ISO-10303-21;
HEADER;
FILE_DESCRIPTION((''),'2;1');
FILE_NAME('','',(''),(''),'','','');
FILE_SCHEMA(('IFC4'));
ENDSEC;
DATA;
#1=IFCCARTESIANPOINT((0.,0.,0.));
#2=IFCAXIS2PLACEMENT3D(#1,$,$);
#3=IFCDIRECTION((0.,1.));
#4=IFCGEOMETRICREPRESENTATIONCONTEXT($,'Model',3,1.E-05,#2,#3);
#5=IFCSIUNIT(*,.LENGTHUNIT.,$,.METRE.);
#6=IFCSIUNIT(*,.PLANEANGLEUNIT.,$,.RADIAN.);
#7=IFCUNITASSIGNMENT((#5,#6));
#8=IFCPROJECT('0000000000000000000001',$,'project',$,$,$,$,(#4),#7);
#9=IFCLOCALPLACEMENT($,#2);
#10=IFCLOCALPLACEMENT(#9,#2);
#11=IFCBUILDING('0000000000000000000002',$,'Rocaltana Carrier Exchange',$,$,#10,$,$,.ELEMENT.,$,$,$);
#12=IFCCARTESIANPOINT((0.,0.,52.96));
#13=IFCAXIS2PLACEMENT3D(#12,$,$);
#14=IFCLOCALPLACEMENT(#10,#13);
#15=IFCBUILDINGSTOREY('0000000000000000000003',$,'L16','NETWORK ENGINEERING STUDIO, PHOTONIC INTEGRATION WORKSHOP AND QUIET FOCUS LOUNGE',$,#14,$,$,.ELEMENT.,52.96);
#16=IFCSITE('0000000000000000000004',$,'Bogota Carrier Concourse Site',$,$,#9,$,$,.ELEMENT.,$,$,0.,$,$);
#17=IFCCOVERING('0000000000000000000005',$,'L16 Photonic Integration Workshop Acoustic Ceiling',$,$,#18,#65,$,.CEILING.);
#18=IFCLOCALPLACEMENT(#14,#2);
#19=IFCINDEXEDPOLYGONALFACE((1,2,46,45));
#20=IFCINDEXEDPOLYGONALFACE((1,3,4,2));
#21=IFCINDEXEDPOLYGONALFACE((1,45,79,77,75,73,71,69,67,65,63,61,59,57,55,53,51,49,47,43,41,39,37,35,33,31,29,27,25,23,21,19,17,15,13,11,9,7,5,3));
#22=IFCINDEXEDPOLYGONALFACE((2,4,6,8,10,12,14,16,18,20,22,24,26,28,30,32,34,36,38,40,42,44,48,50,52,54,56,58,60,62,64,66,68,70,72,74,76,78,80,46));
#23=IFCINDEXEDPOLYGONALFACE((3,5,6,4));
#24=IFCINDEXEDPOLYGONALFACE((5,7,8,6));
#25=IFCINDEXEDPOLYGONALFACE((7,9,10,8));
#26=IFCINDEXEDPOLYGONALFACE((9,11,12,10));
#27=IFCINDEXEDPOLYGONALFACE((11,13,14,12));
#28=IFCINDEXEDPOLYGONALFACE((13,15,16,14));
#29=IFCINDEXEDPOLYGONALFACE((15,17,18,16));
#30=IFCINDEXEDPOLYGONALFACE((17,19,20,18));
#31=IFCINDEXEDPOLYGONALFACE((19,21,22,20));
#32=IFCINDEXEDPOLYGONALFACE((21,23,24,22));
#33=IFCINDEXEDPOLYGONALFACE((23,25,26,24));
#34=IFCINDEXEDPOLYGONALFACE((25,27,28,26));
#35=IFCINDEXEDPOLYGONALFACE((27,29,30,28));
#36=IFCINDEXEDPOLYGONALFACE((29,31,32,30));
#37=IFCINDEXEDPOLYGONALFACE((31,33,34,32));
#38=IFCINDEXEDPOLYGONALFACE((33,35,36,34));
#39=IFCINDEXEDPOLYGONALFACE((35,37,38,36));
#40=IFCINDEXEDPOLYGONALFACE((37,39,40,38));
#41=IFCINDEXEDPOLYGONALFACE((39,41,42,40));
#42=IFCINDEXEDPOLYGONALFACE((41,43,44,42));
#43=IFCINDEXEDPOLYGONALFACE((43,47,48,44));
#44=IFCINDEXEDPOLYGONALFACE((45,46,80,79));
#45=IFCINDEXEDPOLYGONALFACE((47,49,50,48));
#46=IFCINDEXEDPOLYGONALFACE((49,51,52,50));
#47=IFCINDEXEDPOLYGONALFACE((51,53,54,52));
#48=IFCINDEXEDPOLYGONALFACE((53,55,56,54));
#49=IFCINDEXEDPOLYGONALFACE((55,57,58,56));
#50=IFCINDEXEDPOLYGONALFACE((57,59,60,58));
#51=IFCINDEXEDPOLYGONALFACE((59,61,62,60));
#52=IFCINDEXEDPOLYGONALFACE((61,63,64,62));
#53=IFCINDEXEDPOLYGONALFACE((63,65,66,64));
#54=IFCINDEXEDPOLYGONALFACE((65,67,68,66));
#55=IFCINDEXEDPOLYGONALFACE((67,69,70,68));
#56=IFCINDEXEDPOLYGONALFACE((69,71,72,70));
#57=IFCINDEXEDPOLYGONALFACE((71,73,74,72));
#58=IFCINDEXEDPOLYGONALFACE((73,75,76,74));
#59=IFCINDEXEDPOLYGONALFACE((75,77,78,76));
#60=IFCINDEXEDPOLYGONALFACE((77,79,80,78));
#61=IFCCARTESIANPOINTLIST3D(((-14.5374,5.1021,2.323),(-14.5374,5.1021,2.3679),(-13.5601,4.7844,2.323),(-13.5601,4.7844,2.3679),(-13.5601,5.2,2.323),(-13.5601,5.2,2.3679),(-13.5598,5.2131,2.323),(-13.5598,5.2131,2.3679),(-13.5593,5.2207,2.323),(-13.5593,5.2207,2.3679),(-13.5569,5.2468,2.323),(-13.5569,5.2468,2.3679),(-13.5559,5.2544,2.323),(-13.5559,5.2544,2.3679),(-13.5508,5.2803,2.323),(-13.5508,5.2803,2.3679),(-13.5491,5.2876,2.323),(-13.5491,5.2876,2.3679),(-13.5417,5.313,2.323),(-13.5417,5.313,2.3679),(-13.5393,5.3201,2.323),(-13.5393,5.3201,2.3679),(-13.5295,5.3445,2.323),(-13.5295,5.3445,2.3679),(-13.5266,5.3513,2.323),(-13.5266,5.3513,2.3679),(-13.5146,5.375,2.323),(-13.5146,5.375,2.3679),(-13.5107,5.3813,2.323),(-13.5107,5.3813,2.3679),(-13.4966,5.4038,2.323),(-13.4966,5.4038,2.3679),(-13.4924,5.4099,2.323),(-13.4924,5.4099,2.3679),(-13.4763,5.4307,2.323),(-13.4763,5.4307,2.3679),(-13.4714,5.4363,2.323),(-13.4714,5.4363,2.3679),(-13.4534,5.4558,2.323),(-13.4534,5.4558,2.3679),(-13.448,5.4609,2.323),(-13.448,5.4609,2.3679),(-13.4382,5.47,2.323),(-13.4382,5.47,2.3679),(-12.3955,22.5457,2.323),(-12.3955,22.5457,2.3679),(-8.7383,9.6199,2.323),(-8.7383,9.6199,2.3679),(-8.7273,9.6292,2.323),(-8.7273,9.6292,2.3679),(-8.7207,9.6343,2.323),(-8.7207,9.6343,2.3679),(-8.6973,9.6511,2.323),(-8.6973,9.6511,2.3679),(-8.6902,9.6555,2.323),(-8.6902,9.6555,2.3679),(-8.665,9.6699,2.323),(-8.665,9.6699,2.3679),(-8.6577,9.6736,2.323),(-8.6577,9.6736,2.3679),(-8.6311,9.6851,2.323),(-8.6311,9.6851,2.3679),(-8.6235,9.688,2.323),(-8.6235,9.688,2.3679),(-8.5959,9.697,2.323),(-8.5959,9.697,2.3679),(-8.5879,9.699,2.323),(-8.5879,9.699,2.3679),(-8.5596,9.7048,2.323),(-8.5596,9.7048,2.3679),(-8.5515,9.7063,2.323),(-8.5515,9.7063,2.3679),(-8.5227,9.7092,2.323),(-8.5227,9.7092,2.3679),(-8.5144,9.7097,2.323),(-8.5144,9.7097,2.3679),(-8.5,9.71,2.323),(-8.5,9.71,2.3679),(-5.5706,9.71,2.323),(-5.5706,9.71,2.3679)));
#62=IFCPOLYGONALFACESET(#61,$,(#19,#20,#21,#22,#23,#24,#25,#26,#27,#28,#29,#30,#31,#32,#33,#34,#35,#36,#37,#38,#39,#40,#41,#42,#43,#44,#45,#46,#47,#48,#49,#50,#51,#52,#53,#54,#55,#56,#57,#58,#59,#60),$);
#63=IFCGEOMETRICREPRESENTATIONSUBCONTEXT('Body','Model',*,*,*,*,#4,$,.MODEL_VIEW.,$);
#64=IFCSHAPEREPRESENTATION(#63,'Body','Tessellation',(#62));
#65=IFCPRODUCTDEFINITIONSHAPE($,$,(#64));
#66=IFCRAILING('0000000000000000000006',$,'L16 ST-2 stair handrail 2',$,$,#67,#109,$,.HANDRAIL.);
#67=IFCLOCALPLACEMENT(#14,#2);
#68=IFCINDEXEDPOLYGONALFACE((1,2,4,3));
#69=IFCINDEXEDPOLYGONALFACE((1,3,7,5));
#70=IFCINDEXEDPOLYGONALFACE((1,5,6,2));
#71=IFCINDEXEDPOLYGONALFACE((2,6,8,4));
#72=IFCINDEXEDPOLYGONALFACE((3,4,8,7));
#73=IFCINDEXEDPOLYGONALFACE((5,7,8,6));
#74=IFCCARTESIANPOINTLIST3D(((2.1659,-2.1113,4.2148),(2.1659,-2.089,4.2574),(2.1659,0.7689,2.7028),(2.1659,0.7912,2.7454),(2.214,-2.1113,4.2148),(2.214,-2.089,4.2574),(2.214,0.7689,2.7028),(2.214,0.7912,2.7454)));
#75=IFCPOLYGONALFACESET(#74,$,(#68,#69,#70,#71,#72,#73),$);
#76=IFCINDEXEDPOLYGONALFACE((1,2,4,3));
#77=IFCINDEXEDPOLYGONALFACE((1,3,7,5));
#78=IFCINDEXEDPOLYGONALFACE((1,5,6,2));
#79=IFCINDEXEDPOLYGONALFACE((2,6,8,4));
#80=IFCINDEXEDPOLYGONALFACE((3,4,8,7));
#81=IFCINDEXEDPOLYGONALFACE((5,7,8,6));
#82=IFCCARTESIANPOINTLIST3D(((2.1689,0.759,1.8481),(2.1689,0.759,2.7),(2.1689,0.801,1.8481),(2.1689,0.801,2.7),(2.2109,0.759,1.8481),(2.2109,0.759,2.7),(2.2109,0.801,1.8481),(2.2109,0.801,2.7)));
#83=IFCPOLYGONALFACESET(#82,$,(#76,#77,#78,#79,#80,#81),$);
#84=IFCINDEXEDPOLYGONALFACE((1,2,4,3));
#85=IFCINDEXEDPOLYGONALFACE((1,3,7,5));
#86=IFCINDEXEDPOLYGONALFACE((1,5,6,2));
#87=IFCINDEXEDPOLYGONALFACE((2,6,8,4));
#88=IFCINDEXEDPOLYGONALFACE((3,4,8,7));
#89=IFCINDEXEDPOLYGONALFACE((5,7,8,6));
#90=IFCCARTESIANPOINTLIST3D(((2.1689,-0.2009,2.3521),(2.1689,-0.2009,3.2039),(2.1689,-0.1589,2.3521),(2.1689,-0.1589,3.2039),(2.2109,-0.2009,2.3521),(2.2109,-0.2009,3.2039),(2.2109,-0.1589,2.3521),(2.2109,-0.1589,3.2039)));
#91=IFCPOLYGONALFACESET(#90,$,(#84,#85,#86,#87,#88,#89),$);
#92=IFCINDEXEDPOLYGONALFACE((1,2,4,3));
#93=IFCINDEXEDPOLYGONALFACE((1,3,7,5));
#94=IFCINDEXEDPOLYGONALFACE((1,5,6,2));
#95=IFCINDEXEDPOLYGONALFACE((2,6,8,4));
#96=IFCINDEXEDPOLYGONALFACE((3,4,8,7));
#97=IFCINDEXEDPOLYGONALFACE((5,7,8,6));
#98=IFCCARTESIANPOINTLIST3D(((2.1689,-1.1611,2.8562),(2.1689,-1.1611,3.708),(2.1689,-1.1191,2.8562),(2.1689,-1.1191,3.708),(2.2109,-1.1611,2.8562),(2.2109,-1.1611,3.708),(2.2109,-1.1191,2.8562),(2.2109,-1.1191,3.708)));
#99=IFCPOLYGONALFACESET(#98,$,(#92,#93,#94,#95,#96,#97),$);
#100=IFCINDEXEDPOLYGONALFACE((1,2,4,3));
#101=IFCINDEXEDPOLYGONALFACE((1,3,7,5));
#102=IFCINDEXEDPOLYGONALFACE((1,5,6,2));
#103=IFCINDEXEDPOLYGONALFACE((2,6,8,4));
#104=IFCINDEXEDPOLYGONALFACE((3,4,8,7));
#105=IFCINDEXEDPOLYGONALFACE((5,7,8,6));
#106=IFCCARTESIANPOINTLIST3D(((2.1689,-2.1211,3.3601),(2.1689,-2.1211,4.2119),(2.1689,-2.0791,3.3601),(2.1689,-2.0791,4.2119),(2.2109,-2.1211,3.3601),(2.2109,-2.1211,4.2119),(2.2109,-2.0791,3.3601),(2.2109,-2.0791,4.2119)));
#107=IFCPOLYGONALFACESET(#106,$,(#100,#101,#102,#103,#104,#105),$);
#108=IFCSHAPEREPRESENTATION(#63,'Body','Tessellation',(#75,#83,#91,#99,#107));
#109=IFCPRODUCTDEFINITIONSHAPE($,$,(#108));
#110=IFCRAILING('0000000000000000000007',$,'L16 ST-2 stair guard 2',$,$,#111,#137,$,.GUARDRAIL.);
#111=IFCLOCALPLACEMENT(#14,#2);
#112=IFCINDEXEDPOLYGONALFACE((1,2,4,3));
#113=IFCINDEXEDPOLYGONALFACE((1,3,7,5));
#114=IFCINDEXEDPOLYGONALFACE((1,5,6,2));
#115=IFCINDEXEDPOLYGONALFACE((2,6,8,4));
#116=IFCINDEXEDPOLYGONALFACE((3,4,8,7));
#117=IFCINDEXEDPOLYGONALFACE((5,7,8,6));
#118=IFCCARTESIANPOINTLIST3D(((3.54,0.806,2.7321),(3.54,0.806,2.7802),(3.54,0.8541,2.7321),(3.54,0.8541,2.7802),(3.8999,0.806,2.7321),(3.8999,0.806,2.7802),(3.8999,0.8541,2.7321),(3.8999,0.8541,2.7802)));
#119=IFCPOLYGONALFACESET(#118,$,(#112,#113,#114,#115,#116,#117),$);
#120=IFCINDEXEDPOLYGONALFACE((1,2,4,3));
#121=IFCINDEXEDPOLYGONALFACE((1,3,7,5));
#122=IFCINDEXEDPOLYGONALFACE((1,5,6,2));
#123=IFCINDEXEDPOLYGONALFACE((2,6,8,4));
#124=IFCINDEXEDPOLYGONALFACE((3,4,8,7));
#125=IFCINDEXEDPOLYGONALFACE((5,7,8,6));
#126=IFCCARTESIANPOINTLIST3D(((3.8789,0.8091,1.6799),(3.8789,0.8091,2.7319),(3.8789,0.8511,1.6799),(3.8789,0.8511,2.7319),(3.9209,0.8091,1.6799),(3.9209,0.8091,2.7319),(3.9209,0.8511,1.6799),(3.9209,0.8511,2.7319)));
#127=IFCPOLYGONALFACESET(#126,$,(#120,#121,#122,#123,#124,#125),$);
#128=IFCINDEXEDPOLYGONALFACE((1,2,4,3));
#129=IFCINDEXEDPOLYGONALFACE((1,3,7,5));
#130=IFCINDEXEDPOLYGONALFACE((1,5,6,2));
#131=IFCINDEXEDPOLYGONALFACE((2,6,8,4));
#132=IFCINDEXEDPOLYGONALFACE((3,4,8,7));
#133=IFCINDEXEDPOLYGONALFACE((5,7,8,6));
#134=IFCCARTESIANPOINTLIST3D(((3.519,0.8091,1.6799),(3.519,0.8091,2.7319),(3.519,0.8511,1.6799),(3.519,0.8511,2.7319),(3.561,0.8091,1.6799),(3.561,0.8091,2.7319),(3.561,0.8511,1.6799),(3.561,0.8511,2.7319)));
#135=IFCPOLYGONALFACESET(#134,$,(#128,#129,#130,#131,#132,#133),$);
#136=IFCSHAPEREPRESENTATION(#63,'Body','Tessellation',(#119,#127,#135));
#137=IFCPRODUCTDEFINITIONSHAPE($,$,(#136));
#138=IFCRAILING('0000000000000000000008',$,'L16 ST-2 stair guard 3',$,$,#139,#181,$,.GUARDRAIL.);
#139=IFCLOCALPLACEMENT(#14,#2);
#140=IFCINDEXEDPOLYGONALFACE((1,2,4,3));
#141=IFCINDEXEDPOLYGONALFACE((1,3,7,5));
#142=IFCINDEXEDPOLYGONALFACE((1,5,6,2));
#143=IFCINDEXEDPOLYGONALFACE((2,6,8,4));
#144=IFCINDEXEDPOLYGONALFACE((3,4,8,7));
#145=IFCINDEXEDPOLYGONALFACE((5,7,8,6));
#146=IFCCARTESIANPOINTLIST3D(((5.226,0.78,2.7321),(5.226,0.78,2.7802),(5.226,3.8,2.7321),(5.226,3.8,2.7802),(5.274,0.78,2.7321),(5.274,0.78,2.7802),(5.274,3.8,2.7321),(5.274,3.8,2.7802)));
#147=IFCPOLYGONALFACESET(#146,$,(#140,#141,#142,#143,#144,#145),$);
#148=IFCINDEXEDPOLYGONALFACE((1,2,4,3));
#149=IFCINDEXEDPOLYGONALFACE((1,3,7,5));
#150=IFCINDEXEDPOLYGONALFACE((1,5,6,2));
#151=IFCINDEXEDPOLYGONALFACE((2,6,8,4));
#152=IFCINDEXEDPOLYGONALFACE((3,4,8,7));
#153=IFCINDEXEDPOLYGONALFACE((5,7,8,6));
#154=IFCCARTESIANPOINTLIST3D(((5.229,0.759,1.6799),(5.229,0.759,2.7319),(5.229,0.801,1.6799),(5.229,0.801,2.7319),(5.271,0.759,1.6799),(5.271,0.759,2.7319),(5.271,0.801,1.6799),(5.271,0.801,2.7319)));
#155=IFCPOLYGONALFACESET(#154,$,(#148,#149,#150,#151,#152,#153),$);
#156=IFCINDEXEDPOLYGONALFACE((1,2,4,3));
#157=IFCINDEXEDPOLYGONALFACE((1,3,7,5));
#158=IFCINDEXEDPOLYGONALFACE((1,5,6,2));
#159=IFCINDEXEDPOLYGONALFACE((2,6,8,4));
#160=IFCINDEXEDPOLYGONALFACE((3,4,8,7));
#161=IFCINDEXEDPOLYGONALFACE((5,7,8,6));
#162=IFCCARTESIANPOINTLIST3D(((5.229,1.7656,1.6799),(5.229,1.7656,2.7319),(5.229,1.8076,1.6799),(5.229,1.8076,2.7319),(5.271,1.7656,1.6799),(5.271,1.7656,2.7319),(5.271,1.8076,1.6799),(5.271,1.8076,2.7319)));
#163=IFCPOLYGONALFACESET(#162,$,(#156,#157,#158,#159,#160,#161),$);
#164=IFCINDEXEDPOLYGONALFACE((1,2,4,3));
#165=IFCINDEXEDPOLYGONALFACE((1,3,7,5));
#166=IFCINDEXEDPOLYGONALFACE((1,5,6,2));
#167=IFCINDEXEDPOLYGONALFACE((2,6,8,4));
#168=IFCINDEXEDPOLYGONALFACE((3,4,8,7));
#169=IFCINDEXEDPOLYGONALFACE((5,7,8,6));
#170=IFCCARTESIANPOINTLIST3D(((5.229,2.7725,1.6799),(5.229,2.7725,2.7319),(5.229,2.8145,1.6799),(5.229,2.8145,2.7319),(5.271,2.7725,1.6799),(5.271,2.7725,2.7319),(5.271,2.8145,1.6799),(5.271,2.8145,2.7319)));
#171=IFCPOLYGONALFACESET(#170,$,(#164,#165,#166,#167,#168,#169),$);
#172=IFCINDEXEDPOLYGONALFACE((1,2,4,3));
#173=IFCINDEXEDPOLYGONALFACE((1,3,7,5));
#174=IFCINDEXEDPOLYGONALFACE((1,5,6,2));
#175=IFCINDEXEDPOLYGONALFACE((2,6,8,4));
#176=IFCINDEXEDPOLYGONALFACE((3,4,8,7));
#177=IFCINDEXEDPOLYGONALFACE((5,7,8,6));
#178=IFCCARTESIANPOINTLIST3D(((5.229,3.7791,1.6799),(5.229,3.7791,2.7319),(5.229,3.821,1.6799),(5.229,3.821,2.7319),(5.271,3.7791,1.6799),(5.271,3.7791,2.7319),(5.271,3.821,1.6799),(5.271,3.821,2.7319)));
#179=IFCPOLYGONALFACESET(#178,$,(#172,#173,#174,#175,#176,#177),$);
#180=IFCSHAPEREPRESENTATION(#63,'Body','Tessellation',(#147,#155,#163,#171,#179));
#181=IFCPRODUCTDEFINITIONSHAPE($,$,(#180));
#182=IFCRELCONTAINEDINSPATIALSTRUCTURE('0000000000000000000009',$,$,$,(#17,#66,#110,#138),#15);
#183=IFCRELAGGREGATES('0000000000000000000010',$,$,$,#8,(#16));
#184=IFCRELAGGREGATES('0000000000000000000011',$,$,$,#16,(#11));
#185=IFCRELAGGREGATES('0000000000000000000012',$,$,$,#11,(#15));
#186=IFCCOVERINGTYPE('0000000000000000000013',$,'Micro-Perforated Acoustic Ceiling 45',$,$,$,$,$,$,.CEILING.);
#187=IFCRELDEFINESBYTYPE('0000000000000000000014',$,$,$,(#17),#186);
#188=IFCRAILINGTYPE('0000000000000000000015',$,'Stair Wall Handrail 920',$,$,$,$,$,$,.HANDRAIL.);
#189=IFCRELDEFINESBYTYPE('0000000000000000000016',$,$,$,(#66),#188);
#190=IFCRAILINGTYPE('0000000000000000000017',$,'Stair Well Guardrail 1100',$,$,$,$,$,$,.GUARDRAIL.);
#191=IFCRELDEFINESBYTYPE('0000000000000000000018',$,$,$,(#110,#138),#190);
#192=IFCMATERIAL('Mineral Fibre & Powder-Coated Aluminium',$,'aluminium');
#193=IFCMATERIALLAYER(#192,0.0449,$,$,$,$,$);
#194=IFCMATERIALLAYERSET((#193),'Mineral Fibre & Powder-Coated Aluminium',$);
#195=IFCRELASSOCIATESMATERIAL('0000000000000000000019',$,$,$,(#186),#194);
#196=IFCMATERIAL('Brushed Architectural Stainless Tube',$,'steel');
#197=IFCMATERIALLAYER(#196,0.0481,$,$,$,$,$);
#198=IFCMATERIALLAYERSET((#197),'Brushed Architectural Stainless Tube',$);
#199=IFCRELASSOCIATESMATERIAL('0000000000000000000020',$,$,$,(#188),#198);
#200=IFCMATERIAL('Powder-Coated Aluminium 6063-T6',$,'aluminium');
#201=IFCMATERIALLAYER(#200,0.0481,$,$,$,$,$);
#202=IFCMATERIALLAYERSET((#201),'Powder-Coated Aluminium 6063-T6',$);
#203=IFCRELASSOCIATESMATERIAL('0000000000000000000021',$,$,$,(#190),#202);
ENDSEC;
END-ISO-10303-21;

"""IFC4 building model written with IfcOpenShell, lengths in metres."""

from ifc_helpers import new_model, si_unit, direction, frame, origin, origin_2d, place, context, subcontext, project, spatial, polyline, rectangle, outline, extrude, material, layer, layer_set, type_object, element, save


model = new_model("IFC4")

# Units and contexts
model_context = context("Model", 3, precision=1e-05, world=origin(), true_north=direction((0.0, 1.0)))
body_context = subcontext(model_context, "Body", "Model", "MODEL_VIEW")
ifc_project = project(units=[si_unit("LENGTHUNIT", "METRE"), si_unit("PLANEANGLEUNIT", "RADIAN")], contexts=[model_context])

# Site, building, storey
site_placement = place(None, origin())
site = spatial("IfcSite", under=ifc_project, at=site_placement, Name="Bogota Carrier Concourse Site", CompositionType="ELEMENT", RefElevation=0.0)
building_placement = place(site_placement, origin())
building = spatial("IfcBuilding", under=site, at=building_placement, Name="Rocaltana Carrier Exchange", CompositionType="ELEMENT")
storey_placement = place(building_placement, frame((0.0, 0.0, 52.96)))
storey = spatial("IfcBuildingStorey", under=building, at=storey_placement, Name="L16", Description="NETWORK ENGINEERING STUDIO, PHOTONIC INTEGRATION WORKSHOP AND QUIET FOCUS LOUNGE", CompositionType="ELEMENT", Elevation=52.96)

# Covering
ifc_material_1 = material(Name="Mineral Fibre & Powder-Coated Aluminium", Category="aluminium")
ifc_layer_1 = layer(ifc_material_1, 0.0449)
ifc_layer_set_1 = layer_set([ifc_layer_1], Name="Mineral Fibre & Powder-Coated Aluminium")
covering_type_1 = type_object("IfcCoveringType", Name="Micro-Perforated Acoustic Ceiling 45", PredefinedType="CEILING", material=ifc_layer_set_1)
covering_1_placement = place(storey_placement, frame((0.0, 0.0, 2.323)))
element("IfcCovering", 1, at=covering_1_placement, inside=storey, type_object=covering_type_1, Name="L16 Photonic Integration Workshop Acoustic Ceiling", PredefinedType="CEILING", context=body_context, shape_type="SweptSolid", body=[
    extrude(outline(polyline([(-12.3955, 22.5457), (-5.5706, 9.71), (-8.5, 9.71), (-8.5144, 9.7097), (-8.5227, 9.7092), (-8.5515, 9.7063), (-8.5596, 9.7048), (-8.5879, 9.699), (-8.5959, 9.697), (-8.6235, 9.688), (-8.6311, 9.6851), (-8.6577, 9.6736), (-8.665, 9.6699), (-8.6902, 9.6555), (-8.6973, 9.6511), (-8.7207, 9.6343), (-8.7273, 9.6292), (-8.7383, 9.6199), (-13.4382, 5.47), (-13.448, 5.4609), (-13.4534, 5.4558), (-13.4714, 5.4363), (-13.4763, 5.4307), (-13.4924, 5.4099), (-13.4966, 5.4038), (-13.5107, 5.3813), (-13.5146, 5.375), (-13.5266, 5.3513), (-13.5295, 5.3445), (-13.5393, 5.3201), (-13.5417, 5.313), (-13.5491, 5.2876), (-13.5508, 5.2803), (-13.5559, 5.2544), (-13.5569, 5.2468), (-13.5593, 5.2207), (-13.5598, 5.2131), (-13.5601, 5.2), (-13.5601, 4.7844), (-14.5374, 5.1021), (-12.3955, 22.5457)])), origin(), (0.0, 0.0, 1.0), 0.0449),
])

# Railings
ifc_material_2 = material(Name="Brushed Architectural Stainless Tube", Category="steel")
ifc_layer_2 = layer(ifc_material_2, 0.0481)
ifc_layer_set_2 = layer_set([ifc_layer_2], Name="Brushed Architectural Stainless Tube")
railing_type_1 = type_object("IfcRailingType", Name="Stair Wall Handrail 920", PredefinedType="HANDRAIL", material=ifc_layer_set_2)
railing_1_placement = place(storey_placement, frame((2.1899, 0.78, 1.8481)))
element("IfcRailing", 2, at=railing_1_placement, inside=storey, type_object=railing_type_1, Name="L16 ST-2 stair handrail 2", PredefinedType="HANDRAIL", context=body_context, shape_type="SweptSolid", body=[
    extrude(rectangle(XDim=0.0481, YDim=0.0481, at=origin_2d()), frame((0.0, 0.0, 0.876), z_axis=(0.0, -0.885411, 0.464809), x_axis=(1.0, 0.0, 0.0)), (0.0, 0.0, 1.0), 3.2529),
    extrude(rectangle(XDim=0.042, YDim=0.042, at=origin_2d()), origin(), (0.0, 0.0, 1.0), 0.8518),
    extrude(rectangle(XDim=0.042, YDim=0.042, at=origin_2d()), frame((0.0, -0.96, 0.5039)), (0.0, 0.0, 1.0), 0.8518),
    extrude(rectangle(XDim=0.042, YDim=0.042, at=origin_2d()), frame((0.0, -1.9202, 1.0081)), (0.0, 0.0, 1.0), 0.8518),
    extrude(rectangle(XDim=0.042, YDim=0.042, at=origin_2d()), frame((0.0, -2.8801, 1.512)), (0.0, 0.0, 1.0), 0.8518),
])
ifc_material_3 = material(Name="Powder-Coated Aluminium 6063-T6", Category="aluminium")
ifc_layer_3 = layer(ifc_material_3, 0.0481)
ifc_layer_set_3 = layer_set([ifc_layer_3], Name="Powder-Coated Aluminium 6063-T6")
railing_type_2 = type_object("IfcRailingType", Name="Stair Well Guardrail 1100", PredefinedType="GUARDRAIL", material=ifc_layer_set_3)
railing_2_placement = place(storey_placement, frame((3.8999, 0.8301, 1.6799)))
element("IfcRailing", 3, at=railing_2_placement, inside=storey, type_object=railing_type_2, Name="L16 ST-2 stair guard 2", PredefinedType="GUARDRAIL", context=body_context, shape_type="SweptSolid", body=[
    extrude(rectangle(XDim=0.0481, YDim=0.0481, at=origin_2d()), frame((0.0, 0.0, 1.0762), z_axis=(-1.0, 0.0, 0.0), x_axis=(0.0, -1.0, 0.0)), (0.0, 0.0, 1.0), 0.3599),
    extrude(rectangle(XDim=0.042, YDim=0.042, at=origin_2d()), origin(), (0.0, 0.0, 1.0), 1.052),
    extrude(rectangle(XDim=0.042, YDim=0.042, at=origin_2d()), frame((-0.3599, 0.0, 0.0)), (0.0, 0.0, 1.0), 1.052),
])
for number, where, name in (
    (4, (5.25, 0.78, 1.6799), "L16 ST-2 stair guard 3"),
):
    element("IfcRailing", number, at=place(storey_placement, frame(where)), inside=storey, type_object=railing_type_2, Name=name, PredefinedType="GUARDRAIL", context=body_context, shape_type="SweptSolid", body=[
        extrude(rectangle(XDim=0.0481, YDim=0.0481, at=origin_2d()), frame((0.0, 0.0, 1.0762), z_axis=(0.0, 1.0, 0.0), x_axis=(-1.0, 0.0, 0.0)), (0.0, 0.0, 1.0), 3.02),
        extrude(rectangle(XDim=0.042, YDim=0.042, at=origin_2d()), origin(), (0.0, 0.0, 1.0), 1.052),
        extrude(rectangle(XDim=0.042, YDim=0.042, at=origin_2d()), frame((0.0, 1.0066, 0.0)), (0.0, 0.0, 1.0), 1.052),
        extrude(rectangle(XDim=0.042, YDim=0.042, at=origin_2d()), frame((0.0, 2.0134, 0.0)), (0.0, 0.0, 1.0), 1.052),
        extrude(rectangle(XDim=0.042, YDim=0.042, at=origin_2d()), frame((0.0, 3.02, 0.0)), (0.0, 0.0, 1.0), 1.052),
    ])

save(model, "model.ifc")
